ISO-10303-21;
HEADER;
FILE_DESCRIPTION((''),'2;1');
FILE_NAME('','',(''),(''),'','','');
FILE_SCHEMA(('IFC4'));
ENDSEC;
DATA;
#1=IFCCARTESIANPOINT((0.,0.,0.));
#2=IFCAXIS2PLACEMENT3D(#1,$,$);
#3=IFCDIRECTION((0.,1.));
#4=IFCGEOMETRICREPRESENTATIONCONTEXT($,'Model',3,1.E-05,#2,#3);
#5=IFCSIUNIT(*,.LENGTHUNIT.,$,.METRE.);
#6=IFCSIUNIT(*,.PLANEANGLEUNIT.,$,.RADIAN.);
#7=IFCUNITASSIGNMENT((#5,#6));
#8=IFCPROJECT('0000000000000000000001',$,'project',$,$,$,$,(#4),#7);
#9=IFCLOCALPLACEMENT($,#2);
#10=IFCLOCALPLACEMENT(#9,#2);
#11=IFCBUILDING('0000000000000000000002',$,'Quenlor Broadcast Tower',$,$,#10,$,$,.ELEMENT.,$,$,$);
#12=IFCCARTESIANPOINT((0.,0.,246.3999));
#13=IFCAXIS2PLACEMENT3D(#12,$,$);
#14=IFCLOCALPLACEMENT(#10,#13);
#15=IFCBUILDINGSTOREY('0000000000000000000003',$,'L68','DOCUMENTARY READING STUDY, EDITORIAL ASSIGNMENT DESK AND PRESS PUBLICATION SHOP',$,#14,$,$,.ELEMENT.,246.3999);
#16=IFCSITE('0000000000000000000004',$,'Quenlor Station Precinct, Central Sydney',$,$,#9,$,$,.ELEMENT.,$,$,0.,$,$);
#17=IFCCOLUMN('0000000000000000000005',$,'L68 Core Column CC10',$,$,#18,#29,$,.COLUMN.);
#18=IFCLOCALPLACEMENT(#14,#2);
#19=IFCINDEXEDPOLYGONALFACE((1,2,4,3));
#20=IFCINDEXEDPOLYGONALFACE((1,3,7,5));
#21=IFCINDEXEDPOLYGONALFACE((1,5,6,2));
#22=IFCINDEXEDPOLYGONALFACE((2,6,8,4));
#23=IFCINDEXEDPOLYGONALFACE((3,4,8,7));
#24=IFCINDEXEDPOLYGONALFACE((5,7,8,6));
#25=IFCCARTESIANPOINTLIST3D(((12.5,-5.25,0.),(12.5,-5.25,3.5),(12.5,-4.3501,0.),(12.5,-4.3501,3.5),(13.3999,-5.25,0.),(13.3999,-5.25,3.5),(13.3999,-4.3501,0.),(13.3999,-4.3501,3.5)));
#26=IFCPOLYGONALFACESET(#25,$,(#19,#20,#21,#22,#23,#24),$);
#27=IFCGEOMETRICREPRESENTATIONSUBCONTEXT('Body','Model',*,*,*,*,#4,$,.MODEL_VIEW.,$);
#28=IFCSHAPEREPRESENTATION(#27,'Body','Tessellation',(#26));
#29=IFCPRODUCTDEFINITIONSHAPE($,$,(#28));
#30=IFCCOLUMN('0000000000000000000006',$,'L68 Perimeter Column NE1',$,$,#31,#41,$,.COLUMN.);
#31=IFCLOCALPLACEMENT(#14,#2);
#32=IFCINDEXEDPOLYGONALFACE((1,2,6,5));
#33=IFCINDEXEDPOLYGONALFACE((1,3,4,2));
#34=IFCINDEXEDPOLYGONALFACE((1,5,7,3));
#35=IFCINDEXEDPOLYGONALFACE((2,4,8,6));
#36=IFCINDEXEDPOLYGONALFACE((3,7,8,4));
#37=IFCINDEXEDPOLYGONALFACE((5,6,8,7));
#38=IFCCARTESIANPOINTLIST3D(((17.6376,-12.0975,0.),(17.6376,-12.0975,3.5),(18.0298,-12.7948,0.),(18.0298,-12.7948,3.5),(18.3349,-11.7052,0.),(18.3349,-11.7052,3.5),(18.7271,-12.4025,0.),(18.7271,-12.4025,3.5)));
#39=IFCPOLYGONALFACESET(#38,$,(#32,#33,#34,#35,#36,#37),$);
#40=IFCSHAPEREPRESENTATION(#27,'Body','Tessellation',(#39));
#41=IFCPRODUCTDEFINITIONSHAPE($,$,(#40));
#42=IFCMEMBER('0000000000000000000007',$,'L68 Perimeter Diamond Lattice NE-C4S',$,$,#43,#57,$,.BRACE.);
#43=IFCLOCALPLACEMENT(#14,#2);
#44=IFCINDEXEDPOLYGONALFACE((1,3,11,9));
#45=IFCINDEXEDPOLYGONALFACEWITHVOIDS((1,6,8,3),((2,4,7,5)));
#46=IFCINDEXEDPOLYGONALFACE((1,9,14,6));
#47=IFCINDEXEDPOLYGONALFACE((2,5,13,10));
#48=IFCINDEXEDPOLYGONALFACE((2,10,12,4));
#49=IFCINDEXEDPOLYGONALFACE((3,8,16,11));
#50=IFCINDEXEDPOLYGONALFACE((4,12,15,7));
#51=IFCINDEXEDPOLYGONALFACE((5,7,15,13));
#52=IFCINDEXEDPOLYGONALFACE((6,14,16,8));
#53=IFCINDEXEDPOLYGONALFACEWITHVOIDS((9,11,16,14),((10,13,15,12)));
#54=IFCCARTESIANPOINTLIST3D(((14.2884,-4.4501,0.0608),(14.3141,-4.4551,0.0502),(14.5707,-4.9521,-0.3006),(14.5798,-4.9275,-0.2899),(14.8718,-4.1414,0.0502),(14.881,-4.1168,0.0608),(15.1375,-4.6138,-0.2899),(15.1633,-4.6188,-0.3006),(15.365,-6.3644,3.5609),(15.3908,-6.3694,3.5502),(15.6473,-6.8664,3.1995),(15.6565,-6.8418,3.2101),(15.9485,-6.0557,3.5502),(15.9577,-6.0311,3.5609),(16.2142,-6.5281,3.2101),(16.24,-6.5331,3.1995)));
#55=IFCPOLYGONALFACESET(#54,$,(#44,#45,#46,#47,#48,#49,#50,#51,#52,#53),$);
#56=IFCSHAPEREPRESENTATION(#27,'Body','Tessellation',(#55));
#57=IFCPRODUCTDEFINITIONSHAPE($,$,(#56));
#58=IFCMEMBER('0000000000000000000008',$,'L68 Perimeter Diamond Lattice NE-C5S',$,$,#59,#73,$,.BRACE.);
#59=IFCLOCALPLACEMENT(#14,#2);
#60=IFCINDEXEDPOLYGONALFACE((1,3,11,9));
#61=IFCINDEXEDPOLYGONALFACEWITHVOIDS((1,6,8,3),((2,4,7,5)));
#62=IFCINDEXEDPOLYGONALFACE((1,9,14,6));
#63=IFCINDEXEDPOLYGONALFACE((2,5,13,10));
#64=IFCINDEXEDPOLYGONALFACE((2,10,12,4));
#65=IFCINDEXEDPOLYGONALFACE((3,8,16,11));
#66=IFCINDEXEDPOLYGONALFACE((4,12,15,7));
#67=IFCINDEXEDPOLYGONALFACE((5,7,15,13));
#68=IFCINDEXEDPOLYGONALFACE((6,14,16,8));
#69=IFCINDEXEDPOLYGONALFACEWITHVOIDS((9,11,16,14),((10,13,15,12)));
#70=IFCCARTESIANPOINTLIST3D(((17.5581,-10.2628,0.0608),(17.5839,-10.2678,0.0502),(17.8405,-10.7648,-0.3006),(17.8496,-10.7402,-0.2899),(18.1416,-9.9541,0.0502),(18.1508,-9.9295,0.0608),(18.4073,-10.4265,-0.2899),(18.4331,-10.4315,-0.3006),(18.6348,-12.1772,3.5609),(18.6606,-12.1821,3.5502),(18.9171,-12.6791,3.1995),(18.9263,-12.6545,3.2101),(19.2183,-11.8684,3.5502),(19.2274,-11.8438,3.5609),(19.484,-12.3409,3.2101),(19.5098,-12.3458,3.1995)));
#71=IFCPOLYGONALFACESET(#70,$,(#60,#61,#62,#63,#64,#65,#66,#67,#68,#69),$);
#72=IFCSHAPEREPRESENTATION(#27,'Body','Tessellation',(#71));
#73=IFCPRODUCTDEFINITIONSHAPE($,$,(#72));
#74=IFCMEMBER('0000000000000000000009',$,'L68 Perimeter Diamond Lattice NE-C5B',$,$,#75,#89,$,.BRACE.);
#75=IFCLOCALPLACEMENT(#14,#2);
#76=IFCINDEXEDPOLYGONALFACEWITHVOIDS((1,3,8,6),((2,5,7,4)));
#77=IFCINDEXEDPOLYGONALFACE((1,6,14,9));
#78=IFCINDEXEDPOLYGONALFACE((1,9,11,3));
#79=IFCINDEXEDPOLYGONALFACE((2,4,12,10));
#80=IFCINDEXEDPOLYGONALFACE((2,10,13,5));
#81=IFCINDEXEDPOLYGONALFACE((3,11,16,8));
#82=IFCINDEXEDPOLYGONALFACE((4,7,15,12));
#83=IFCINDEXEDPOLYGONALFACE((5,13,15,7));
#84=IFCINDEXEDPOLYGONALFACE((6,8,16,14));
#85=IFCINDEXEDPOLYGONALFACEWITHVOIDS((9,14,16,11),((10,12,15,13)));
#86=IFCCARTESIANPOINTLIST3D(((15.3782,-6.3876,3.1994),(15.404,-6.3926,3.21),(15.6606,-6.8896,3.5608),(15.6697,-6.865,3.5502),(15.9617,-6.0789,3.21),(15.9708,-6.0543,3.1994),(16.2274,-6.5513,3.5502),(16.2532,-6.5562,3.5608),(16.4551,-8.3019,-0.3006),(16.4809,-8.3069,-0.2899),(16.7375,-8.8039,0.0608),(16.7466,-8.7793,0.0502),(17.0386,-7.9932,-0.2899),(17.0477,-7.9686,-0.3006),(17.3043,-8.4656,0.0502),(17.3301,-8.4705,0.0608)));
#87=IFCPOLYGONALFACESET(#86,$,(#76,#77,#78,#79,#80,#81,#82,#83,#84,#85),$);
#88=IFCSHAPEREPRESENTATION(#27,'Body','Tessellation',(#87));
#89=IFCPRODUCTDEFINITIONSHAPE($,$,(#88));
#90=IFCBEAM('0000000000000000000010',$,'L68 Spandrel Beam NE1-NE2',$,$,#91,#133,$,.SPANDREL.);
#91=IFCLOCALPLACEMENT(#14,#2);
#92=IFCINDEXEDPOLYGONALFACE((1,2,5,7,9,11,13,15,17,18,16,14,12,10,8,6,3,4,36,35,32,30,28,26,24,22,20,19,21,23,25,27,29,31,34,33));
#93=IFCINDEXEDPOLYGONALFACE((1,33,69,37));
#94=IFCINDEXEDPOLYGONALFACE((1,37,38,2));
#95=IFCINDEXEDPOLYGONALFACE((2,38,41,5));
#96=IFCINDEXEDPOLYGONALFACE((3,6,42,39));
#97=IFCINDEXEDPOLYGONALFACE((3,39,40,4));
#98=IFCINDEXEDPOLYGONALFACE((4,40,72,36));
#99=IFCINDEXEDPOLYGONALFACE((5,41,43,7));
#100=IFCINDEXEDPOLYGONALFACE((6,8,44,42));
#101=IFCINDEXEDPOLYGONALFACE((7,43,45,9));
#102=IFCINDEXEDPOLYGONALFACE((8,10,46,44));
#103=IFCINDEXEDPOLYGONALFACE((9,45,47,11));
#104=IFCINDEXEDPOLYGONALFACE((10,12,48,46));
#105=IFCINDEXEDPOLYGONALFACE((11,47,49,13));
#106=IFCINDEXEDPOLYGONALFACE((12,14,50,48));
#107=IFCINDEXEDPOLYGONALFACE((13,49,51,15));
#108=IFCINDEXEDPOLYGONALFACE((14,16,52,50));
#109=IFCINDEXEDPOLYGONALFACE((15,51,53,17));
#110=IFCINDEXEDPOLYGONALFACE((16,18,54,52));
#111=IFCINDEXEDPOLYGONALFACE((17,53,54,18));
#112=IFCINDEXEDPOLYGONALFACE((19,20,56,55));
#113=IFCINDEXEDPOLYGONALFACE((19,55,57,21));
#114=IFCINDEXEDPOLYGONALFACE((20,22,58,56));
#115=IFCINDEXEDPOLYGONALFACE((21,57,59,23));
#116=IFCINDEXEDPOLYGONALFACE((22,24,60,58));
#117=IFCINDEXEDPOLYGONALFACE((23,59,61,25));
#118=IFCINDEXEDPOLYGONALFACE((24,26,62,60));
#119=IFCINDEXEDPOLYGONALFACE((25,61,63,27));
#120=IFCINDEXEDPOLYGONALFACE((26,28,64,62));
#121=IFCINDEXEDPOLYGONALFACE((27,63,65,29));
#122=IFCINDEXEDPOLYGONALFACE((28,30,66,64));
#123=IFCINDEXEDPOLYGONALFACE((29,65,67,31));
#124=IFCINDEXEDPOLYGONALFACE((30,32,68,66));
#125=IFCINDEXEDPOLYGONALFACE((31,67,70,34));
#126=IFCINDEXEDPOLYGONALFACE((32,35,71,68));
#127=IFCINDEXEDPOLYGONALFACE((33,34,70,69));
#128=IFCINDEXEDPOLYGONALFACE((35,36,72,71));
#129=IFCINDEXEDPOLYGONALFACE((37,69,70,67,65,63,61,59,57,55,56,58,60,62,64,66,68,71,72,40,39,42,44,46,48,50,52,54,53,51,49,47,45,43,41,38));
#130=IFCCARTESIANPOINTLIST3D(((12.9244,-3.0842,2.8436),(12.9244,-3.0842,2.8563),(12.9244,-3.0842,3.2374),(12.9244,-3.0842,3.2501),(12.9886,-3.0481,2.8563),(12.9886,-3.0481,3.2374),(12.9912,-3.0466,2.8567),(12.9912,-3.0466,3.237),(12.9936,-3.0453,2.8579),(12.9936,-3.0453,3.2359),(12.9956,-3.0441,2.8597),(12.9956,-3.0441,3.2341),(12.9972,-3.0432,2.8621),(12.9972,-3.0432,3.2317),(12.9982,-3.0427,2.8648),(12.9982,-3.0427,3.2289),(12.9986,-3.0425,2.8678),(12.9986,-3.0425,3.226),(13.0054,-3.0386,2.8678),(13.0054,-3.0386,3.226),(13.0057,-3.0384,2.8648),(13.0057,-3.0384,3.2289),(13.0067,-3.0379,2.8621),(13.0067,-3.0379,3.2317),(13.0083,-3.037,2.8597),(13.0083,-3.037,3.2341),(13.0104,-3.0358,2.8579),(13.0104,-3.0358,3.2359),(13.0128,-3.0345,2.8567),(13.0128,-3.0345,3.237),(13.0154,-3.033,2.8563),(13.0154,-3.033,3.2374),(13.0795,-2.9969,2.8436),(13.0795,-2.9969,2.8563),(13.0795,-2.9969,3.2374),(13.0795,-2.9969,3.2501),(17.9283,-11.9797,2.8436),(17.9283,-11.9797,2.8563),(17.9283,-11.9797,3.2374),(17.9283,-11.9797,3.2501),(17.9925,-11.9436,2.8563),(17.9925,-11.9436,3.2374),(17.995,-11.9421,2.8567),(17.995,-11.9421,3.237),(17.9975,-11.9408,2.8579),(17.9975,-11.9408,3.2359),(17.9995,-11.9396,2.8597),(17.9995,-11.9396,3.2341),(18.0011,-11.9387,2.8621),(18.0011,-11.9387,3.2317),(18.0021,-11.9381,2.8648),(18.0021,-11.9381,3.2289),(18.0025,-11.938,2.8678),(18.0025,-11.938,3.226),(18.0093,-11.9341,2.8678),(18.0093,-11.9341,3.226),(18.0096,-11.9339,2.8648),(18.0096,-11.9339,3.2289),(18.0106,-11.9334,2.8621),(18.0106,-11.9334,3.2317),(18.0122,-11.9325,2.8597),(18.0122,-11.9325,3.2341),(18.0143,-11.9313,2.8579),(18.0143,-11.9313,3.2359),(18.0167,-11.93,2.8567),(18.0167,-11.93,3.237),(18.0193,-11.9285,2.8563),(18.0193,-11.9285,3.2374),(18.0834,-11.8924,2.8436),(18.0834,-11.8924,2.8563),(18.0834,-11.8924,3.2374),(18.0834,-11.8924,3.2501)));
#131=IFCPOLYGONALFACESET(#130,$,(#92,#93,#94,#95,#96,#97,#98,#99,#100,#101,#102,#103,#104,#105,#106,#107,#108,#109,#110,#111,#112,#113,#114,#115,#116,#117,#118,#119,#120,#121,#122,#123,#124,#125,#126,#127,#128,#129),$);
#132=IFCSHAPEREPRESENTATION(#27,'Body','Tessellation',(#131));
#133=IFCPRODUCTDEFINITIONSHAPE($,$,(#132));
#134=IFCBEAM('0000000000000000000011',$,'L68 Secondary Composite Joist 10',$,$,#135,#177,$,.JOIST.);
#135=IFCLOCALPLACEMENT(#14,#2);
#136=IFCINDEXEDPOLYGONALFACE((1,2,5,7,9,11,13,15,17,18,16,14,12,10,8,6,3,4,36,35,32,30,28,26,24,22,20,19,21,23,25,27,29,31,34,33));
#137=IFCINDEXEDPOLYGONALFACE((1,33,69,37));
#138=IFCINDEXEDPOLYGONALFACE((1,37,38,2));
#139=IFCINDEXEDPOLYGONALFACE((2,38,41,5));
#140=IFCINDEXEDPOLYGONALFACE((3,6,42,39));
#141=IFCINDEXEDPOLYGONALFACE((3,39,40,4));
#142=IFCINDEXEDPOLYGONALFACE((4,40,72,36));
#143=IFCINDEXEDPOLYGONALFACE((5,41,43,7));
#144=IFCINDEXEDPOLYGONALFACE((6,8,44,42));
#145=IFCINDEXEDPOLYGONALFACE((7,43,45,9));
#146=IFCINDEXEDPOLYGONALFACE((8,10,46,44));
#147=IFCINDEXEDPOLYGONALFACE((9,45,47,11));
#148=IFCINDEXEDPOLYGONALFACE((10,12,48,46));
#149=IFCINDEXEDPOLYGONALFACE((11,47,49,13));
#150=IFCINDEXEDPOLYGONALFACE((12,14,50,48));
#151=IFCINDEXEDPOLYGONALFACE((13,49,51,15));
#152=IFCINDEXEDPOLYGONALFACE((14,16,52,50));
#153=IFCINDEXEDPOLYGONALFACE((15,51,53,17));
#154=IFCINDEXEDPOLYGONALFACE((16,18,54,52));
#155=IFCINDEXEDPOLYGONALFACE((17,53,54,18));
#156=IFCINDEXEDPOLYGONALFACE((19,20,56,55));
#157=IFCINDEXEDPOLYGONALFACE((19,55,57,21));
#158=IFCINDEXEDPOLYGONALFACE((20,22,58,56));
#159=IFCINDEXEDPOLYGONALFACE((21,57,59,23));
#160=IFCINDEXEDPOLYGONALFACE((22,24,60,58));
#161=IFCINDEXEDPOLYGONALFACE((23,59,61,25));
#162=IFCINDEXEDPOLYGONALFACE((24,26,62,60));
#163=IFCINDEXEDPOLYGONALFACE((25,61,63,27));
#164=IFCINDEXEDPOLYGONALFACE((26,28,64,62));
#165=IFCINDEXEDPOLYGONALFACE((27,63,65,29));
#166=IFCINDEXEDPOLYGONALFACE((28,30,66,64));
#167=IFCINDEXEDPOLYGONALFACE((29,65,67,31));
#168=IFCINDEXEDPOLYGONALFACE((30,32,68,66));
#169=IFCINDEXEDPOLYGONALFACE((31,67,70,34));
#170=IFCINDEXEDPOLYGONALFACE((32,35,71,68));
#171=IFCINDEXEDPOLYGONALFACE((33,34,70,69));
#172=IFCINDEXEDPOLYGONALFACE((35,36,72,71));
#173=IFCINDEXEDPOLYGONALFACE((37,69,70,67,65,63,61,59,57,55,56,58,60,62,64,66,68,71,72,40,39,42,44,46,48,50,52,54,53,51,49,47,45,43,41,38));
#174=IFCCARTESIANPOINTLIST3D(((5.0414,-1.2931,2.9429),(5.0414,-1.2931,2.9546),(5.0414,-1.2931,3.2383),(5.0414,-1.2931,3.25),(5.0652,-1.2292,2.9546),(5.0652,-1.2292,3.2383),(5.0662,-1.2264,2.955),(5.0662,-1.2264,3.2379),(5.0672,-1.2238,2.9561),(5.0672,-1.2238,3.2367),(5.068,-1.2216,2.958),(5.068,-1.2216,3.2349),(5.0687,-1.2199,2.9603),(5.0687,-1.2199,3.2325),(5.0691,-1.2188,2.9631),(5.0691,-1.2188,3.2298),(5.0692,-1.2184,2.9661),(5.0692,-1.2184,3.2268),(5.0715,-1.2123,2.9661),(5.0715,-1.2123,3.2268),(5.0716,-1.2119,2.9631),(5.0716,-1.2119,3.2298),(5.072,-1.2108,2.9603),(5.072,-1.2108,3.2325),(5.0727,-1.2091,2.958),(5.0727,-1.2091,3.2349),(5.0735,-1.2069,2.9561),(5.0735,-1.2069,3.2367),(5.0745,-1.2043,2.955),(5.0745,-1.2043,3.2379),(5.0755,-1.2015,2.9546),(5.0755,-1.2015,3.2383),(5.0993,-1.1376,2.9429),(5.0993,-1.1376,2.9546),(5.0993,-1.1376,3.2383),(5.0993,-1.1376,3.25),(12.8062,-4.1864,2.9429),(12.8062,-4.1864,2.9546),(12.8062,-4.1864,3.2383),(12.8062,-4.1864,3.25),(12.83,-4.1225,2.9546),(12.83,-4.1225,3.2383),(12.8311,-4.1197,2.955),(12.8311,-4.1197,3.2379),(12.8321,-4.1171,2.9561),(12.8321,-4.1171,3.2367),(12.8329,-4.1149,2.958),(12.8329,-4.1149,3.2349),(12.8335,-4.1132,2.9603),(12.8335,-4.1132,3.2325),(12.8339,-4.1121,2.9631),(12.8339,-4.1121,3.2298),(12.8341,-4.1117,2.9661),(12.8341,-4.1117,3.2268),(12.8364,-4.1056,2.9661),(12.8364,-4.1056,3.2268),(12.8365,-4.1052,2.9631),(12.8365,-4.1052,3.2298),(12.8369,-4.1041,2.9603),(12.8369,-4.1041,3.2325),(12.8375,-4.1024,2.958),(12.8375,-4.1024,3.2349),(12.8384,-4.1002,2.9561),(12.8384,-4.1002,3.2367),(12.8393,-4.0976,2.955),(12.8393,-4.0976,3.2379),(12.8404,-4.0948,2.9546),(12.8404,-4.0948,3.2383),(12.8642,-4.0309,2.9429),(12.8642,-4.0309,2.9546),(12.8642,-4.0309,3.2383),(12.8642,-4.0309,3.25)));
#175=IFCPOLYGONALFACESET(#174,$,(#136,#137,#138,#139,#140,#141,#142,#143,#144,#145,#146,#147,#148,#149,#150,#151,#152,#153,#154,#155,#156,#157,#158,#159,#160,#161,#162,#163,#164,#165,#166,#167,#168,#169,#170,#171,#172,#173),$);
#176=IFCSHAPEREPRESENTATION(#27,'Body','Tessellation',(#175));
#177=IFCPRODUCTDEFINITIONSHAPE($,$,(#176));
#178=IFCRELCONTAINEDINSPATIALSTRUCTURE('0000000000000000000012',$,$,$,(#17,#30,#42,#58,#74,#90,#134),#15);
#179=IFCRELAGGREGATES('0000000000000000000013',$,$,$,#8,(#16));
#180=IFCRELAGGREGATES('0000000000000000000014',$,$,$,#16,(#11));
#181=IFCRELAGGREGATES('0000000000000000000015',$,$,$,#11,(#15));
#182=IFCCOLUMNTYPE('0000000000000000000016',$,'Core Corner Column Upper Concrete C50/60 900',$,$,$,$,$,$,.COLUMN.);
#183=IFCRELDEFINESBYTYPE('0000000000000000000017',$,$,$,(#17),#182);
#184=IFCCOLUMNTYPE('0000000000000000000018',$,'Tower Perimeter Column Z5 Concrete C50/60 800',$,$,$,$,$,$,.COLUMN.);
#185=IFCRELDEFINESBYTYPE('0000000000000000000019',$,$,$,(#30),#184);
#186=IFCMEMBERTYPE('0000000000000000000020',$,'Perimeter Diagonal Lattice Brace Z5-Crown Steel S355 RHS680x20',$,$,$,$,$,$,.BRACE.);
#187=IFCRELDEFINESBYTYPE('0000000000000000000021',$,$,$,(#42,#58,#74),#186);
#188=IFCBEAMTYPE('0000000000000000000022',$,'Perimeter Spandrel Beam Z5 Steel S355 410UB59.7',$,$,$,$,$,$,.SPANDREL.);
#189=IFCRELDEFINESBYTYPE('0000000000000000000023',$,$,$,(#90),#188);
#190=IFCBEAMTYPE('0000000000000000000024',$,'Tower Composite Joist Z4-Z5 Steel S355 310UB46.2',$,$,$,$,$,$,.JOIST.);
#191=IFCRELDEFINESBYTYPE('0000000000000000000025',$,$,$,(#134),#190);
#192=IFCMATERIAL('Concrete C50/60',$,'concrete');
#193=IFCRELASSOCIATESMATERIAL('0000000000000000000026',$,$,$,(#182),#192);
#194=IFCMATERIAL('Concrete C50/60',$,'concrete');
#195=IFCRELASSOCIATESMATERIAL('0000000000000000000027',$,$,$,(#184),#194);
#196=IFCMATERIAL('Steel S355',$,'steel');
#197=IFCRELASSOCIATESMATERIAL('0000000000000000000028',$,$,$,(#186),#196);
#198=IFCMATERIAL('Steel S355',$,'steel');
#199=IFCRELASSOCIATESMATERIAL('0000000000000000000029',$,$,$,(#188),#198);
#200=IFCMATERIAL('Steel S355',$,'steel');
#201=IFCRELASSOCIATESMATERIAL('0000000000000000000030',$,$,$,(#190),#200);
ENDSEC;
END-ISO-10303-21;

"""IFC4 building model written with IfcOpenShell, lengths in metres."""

from ifc_helpers import new_model, si_unit, direction, frame, origin, origin_2d, place, context, subcontext, project, spatial, rectangle, hollow_rectangle, i_section, extrude, material, material_profile, profile_set, type_object, element, save


model = new_model("IFC4")

# Units and contexts
model_context = context("Model", 3, precision=1e-05, world=origin(), true_north=direction((0.0, 1.0)))
body_context = subcontext(model_context, "Body", "Model", "MODEL_VIEW")
ifc_project = project(units=[si_unit("LENGTHUNIT", "METRE"), si_unit("PLANEANGLEUNIT", "RADIAN")], contexts=[model_context])

# Site, building, storey
site_placement = place(None, origin())
site = spatial("IfcSite", under=ifc_project, at=site_placement, Name="Quenlor Station Precinct, Central Sydney", CompositionType="ELEMENT", RefElevation=0.0)
building_placement = place(site_placement, origin())
building = spatial("IfcBuilding", under=site, at=building_placement, Name="Quenlor Broadcast Tower", CompositionType="ELEMENT")
storey_placement = place(building_placement, frame((0.0, 0.0, 246.3999)))
storey = spatial("IfcBuildingStorey", under=building, at=storey_placement, Name="L68", Description="DOCUMENTARY READING STUDY, EDITORIAL ASSIGNMENT DESK AND PRESS PUBLICATION SHOP", CompositionType="ELEMENT", Elevation=246.3999)

# Columns
ifc_material_1 = material(Name="Concrete C50/60", Category="concrete")
ifc_material_profile_1 = material_profile(ifc_material_1, rectangle(XDim=0.8999, YDim=0.8999, at=origin_2d()))
ifc_profile_set_1 = profile_set([ifc_material_profile_1], Name="Concrete C50/60 RC900x900")
column_type_1 = type_object("IfcColumnType", Name="Core Corner Column Upper Concrete C50/60 900", PredefinedType="COLUMN", material=ifc_profile_set_1)
column_1_placement = place(storey_placement, frame((12.95, -4.8, 0.0), z_axis=(0.0, 0.0, 1.0), x_axis=(1.0, 0.0, 0.0)))
element("IfcColumn", 1, at=column_1_placement, inside=storey, type_object=column_type_1, Name="L68 Core Column CC10", PredefinedType="COLUMN", context=body_context, shape_type="SweptSolid", body=[
    extrude(rectangle(XDim=0.8999, YDim=0.8999, at=origin_2d()), origin(), (0.0, 0.0, 1.0), 3.5),
])
ifc_material_2 = material(Name="Concrete C50/60", Category="concrete")
ifc_material_profile_2 = material_profile(ifc_material_2, rectangle(XDim=0.8, YDim=0.8, at=origin_2d()))
ifc_profile_set_2 = profile_set([ifc_material_profile_2], Name="Concrete C50/60 RC800x800")
column_type_2 = type_object("IfcColumnType", Name="Tower Perimeter Column Z5 Concrete C50/60 800", PredefinedType="COLUMN", material=ifc_profile_set_2)
column_2_placement = place(storey_placement, frame((18.1824, -12.25, 0.0), z_axis=(0.0, 0.0, 1.0), x_axis=(0.871575, 0.490262, 0.0)))
element("IfcColumn", 2, at=column_2_placement, inside=storey, type_object=column_type_2, Name="L68 Perimeter Column NE1", PredefinedType="COLUMN", context=body_context, shape_type="SweptSolid", body=[
    extrude(rectangle(XDim=0.8, YDim=0.8, at=origin_2d()), origin(), (0.0, 0.0, 1.0), 3.5),
])

# Members
ifc_material_3 = material(Name="Steel S355", Category="steel")
ifc_material_profile_3 = material_profile(ifc_material_3, hollow_rectangle(XDim=0.6799, YDim=0.6799, WallThickness=0.02, at=origin_2d()))
ifc_profile_set_3 = profile_set([ifc_material_profile_3], Name="Steel S355 RHS680x680x20")
member_type = type_object("IfcMemberType", Name="Perimeter Diagonal Lattice Brace Z5-Crown Steel S355 RHS680x20", PredefinedType="BRACE", material=ifc_profile_set_3)
for number, where, z_axis, x_axis, name in (
    (3, (14.7258, -4.5344, -0.1199), (0.260564, -0.463283, 0.847039), (0.871602, 0.490214, 0.0), "L68 Perimeter Diamond Lattice NE-C4S"),
    (4, (17.9956, -10.3472, -0.1199), (0.260564, -0.463283, 0.847039), (0.871602, 0.490214, 0.0), "L68 Perimeter Diamond Lattice NE-C5S"),
    (5, (16.8926, -8.3862, -0.1199), (-0.260619, 0.463276, 0.847026), (-0.871555, -0.490298, 0.0), "L68 Perimeter Diamond Lattice NE-C5B"),
):
    element("IfcMember", number, at=place(storey_placement, frame(where, z_axis=z_axis, x_axis=x_axis)), inside=storey, type_object=member_type, Name=name, PredefinedType="BRACE", context=body_context, shape_type="SweptSolid", body=[
        extrude(hollow_rectangle(XDim=0.6799, YDim=0.6799, WallThickness=0.02, at=origin_2d()), origin(), (0.0, 0.0, 1.0), 4.1321),
    ])

# Beams
ifc_material_4 = material(Name="Steel S355", Category="steel")
ifc_material_profile_4 = material_profile(ifc_material_4, i_section(OverallWidth=0.178, OverallDepth=0.4065, WebThickness=0.0078, FlangeThickness=0.0127, FilletRadius=0.0115, at=origin_2d()))
ifc_profile_set_4 = profile_set([ifc_material_profile_4], Name="Steel S355 410UB59.7")
beam_type_1 = type_object("IfcBeamType", Name="Perimeter Spandrel Beam Z5 Steel S355 410UB59.7", PredefinedType="SPANDREL", material=ifc_profile_set_4)
beam_1_placement = place(storey_placement, frame((18.0059, -11.936, 3.0469), z_axis=(-0.490275, 0.871568, 0.0), x_axis=(-0.871568, -0.490275, 0.0)))
element("IfcBeam", 6, at=beam_1_placement, inside=storey, type_object=beam_type_1, Name="L68 Spandrel Beam NE1-NE2", PredefinedType="SPANDREL", context=body_context, shape_type="SweptSolid", body=[
    extrude(i_section(OverallWidth=0.178, OverallDepth=0.4065, WebThickness=0.0078, FlangeThickness=0.0127, FilletRadius=0.0115, at=origin_2d()), origin(), (0.0, 0.0, 1.0), 10.2063),
])
ifc_material_5 = material(Name="Steel S355", Category="steel")
ifc_material_profile_5 = material_profile(ifc_material_5, i_section(OverallWidth=0.166, OverallDepth=0.3071, WebThickness=0.0066, FlangeThickness=0.0117, FilletRadius=0.0115, at=origin_2d()))
ifc_profile_set_5 = profile_set([ifc_material_profile_5], Name="Steel S355 310UB46.2")
beam_type_2 = type_object("IfcBeamType", Name="Tower Composite Joist Z4-Z5 Steel S355 310UB46.2", PredefinedType="JOIST", material=ifc_profile_set_5)
beam_2_placement = place(storey_placement, frame((12.8352, -4.1086, 3.0964), z_axis=(-0.937062, 0.349163, 0.0), x_axis=(-0.349163, -0.937062, 0.0)))
element("IfcBeam", 7, at=beam_2_placement, inside=storey, type_object=beam_type_2, Name="L68 Secondary Composite Joist 10", PredefinedType="JOIST", context=body_context, shape_type="SweptSolid", body=[
    extrude(i_section(OverallWidth=0.166, OverallDepth=0.3071, WebThickness=0.0066, FlangeThickness=0.0117, FilletRadius=0.0115, at=origin_2d()), origin(), (0.0, 0.0, 1.0), 8.2864),
])

save(model, "model.ifc")
